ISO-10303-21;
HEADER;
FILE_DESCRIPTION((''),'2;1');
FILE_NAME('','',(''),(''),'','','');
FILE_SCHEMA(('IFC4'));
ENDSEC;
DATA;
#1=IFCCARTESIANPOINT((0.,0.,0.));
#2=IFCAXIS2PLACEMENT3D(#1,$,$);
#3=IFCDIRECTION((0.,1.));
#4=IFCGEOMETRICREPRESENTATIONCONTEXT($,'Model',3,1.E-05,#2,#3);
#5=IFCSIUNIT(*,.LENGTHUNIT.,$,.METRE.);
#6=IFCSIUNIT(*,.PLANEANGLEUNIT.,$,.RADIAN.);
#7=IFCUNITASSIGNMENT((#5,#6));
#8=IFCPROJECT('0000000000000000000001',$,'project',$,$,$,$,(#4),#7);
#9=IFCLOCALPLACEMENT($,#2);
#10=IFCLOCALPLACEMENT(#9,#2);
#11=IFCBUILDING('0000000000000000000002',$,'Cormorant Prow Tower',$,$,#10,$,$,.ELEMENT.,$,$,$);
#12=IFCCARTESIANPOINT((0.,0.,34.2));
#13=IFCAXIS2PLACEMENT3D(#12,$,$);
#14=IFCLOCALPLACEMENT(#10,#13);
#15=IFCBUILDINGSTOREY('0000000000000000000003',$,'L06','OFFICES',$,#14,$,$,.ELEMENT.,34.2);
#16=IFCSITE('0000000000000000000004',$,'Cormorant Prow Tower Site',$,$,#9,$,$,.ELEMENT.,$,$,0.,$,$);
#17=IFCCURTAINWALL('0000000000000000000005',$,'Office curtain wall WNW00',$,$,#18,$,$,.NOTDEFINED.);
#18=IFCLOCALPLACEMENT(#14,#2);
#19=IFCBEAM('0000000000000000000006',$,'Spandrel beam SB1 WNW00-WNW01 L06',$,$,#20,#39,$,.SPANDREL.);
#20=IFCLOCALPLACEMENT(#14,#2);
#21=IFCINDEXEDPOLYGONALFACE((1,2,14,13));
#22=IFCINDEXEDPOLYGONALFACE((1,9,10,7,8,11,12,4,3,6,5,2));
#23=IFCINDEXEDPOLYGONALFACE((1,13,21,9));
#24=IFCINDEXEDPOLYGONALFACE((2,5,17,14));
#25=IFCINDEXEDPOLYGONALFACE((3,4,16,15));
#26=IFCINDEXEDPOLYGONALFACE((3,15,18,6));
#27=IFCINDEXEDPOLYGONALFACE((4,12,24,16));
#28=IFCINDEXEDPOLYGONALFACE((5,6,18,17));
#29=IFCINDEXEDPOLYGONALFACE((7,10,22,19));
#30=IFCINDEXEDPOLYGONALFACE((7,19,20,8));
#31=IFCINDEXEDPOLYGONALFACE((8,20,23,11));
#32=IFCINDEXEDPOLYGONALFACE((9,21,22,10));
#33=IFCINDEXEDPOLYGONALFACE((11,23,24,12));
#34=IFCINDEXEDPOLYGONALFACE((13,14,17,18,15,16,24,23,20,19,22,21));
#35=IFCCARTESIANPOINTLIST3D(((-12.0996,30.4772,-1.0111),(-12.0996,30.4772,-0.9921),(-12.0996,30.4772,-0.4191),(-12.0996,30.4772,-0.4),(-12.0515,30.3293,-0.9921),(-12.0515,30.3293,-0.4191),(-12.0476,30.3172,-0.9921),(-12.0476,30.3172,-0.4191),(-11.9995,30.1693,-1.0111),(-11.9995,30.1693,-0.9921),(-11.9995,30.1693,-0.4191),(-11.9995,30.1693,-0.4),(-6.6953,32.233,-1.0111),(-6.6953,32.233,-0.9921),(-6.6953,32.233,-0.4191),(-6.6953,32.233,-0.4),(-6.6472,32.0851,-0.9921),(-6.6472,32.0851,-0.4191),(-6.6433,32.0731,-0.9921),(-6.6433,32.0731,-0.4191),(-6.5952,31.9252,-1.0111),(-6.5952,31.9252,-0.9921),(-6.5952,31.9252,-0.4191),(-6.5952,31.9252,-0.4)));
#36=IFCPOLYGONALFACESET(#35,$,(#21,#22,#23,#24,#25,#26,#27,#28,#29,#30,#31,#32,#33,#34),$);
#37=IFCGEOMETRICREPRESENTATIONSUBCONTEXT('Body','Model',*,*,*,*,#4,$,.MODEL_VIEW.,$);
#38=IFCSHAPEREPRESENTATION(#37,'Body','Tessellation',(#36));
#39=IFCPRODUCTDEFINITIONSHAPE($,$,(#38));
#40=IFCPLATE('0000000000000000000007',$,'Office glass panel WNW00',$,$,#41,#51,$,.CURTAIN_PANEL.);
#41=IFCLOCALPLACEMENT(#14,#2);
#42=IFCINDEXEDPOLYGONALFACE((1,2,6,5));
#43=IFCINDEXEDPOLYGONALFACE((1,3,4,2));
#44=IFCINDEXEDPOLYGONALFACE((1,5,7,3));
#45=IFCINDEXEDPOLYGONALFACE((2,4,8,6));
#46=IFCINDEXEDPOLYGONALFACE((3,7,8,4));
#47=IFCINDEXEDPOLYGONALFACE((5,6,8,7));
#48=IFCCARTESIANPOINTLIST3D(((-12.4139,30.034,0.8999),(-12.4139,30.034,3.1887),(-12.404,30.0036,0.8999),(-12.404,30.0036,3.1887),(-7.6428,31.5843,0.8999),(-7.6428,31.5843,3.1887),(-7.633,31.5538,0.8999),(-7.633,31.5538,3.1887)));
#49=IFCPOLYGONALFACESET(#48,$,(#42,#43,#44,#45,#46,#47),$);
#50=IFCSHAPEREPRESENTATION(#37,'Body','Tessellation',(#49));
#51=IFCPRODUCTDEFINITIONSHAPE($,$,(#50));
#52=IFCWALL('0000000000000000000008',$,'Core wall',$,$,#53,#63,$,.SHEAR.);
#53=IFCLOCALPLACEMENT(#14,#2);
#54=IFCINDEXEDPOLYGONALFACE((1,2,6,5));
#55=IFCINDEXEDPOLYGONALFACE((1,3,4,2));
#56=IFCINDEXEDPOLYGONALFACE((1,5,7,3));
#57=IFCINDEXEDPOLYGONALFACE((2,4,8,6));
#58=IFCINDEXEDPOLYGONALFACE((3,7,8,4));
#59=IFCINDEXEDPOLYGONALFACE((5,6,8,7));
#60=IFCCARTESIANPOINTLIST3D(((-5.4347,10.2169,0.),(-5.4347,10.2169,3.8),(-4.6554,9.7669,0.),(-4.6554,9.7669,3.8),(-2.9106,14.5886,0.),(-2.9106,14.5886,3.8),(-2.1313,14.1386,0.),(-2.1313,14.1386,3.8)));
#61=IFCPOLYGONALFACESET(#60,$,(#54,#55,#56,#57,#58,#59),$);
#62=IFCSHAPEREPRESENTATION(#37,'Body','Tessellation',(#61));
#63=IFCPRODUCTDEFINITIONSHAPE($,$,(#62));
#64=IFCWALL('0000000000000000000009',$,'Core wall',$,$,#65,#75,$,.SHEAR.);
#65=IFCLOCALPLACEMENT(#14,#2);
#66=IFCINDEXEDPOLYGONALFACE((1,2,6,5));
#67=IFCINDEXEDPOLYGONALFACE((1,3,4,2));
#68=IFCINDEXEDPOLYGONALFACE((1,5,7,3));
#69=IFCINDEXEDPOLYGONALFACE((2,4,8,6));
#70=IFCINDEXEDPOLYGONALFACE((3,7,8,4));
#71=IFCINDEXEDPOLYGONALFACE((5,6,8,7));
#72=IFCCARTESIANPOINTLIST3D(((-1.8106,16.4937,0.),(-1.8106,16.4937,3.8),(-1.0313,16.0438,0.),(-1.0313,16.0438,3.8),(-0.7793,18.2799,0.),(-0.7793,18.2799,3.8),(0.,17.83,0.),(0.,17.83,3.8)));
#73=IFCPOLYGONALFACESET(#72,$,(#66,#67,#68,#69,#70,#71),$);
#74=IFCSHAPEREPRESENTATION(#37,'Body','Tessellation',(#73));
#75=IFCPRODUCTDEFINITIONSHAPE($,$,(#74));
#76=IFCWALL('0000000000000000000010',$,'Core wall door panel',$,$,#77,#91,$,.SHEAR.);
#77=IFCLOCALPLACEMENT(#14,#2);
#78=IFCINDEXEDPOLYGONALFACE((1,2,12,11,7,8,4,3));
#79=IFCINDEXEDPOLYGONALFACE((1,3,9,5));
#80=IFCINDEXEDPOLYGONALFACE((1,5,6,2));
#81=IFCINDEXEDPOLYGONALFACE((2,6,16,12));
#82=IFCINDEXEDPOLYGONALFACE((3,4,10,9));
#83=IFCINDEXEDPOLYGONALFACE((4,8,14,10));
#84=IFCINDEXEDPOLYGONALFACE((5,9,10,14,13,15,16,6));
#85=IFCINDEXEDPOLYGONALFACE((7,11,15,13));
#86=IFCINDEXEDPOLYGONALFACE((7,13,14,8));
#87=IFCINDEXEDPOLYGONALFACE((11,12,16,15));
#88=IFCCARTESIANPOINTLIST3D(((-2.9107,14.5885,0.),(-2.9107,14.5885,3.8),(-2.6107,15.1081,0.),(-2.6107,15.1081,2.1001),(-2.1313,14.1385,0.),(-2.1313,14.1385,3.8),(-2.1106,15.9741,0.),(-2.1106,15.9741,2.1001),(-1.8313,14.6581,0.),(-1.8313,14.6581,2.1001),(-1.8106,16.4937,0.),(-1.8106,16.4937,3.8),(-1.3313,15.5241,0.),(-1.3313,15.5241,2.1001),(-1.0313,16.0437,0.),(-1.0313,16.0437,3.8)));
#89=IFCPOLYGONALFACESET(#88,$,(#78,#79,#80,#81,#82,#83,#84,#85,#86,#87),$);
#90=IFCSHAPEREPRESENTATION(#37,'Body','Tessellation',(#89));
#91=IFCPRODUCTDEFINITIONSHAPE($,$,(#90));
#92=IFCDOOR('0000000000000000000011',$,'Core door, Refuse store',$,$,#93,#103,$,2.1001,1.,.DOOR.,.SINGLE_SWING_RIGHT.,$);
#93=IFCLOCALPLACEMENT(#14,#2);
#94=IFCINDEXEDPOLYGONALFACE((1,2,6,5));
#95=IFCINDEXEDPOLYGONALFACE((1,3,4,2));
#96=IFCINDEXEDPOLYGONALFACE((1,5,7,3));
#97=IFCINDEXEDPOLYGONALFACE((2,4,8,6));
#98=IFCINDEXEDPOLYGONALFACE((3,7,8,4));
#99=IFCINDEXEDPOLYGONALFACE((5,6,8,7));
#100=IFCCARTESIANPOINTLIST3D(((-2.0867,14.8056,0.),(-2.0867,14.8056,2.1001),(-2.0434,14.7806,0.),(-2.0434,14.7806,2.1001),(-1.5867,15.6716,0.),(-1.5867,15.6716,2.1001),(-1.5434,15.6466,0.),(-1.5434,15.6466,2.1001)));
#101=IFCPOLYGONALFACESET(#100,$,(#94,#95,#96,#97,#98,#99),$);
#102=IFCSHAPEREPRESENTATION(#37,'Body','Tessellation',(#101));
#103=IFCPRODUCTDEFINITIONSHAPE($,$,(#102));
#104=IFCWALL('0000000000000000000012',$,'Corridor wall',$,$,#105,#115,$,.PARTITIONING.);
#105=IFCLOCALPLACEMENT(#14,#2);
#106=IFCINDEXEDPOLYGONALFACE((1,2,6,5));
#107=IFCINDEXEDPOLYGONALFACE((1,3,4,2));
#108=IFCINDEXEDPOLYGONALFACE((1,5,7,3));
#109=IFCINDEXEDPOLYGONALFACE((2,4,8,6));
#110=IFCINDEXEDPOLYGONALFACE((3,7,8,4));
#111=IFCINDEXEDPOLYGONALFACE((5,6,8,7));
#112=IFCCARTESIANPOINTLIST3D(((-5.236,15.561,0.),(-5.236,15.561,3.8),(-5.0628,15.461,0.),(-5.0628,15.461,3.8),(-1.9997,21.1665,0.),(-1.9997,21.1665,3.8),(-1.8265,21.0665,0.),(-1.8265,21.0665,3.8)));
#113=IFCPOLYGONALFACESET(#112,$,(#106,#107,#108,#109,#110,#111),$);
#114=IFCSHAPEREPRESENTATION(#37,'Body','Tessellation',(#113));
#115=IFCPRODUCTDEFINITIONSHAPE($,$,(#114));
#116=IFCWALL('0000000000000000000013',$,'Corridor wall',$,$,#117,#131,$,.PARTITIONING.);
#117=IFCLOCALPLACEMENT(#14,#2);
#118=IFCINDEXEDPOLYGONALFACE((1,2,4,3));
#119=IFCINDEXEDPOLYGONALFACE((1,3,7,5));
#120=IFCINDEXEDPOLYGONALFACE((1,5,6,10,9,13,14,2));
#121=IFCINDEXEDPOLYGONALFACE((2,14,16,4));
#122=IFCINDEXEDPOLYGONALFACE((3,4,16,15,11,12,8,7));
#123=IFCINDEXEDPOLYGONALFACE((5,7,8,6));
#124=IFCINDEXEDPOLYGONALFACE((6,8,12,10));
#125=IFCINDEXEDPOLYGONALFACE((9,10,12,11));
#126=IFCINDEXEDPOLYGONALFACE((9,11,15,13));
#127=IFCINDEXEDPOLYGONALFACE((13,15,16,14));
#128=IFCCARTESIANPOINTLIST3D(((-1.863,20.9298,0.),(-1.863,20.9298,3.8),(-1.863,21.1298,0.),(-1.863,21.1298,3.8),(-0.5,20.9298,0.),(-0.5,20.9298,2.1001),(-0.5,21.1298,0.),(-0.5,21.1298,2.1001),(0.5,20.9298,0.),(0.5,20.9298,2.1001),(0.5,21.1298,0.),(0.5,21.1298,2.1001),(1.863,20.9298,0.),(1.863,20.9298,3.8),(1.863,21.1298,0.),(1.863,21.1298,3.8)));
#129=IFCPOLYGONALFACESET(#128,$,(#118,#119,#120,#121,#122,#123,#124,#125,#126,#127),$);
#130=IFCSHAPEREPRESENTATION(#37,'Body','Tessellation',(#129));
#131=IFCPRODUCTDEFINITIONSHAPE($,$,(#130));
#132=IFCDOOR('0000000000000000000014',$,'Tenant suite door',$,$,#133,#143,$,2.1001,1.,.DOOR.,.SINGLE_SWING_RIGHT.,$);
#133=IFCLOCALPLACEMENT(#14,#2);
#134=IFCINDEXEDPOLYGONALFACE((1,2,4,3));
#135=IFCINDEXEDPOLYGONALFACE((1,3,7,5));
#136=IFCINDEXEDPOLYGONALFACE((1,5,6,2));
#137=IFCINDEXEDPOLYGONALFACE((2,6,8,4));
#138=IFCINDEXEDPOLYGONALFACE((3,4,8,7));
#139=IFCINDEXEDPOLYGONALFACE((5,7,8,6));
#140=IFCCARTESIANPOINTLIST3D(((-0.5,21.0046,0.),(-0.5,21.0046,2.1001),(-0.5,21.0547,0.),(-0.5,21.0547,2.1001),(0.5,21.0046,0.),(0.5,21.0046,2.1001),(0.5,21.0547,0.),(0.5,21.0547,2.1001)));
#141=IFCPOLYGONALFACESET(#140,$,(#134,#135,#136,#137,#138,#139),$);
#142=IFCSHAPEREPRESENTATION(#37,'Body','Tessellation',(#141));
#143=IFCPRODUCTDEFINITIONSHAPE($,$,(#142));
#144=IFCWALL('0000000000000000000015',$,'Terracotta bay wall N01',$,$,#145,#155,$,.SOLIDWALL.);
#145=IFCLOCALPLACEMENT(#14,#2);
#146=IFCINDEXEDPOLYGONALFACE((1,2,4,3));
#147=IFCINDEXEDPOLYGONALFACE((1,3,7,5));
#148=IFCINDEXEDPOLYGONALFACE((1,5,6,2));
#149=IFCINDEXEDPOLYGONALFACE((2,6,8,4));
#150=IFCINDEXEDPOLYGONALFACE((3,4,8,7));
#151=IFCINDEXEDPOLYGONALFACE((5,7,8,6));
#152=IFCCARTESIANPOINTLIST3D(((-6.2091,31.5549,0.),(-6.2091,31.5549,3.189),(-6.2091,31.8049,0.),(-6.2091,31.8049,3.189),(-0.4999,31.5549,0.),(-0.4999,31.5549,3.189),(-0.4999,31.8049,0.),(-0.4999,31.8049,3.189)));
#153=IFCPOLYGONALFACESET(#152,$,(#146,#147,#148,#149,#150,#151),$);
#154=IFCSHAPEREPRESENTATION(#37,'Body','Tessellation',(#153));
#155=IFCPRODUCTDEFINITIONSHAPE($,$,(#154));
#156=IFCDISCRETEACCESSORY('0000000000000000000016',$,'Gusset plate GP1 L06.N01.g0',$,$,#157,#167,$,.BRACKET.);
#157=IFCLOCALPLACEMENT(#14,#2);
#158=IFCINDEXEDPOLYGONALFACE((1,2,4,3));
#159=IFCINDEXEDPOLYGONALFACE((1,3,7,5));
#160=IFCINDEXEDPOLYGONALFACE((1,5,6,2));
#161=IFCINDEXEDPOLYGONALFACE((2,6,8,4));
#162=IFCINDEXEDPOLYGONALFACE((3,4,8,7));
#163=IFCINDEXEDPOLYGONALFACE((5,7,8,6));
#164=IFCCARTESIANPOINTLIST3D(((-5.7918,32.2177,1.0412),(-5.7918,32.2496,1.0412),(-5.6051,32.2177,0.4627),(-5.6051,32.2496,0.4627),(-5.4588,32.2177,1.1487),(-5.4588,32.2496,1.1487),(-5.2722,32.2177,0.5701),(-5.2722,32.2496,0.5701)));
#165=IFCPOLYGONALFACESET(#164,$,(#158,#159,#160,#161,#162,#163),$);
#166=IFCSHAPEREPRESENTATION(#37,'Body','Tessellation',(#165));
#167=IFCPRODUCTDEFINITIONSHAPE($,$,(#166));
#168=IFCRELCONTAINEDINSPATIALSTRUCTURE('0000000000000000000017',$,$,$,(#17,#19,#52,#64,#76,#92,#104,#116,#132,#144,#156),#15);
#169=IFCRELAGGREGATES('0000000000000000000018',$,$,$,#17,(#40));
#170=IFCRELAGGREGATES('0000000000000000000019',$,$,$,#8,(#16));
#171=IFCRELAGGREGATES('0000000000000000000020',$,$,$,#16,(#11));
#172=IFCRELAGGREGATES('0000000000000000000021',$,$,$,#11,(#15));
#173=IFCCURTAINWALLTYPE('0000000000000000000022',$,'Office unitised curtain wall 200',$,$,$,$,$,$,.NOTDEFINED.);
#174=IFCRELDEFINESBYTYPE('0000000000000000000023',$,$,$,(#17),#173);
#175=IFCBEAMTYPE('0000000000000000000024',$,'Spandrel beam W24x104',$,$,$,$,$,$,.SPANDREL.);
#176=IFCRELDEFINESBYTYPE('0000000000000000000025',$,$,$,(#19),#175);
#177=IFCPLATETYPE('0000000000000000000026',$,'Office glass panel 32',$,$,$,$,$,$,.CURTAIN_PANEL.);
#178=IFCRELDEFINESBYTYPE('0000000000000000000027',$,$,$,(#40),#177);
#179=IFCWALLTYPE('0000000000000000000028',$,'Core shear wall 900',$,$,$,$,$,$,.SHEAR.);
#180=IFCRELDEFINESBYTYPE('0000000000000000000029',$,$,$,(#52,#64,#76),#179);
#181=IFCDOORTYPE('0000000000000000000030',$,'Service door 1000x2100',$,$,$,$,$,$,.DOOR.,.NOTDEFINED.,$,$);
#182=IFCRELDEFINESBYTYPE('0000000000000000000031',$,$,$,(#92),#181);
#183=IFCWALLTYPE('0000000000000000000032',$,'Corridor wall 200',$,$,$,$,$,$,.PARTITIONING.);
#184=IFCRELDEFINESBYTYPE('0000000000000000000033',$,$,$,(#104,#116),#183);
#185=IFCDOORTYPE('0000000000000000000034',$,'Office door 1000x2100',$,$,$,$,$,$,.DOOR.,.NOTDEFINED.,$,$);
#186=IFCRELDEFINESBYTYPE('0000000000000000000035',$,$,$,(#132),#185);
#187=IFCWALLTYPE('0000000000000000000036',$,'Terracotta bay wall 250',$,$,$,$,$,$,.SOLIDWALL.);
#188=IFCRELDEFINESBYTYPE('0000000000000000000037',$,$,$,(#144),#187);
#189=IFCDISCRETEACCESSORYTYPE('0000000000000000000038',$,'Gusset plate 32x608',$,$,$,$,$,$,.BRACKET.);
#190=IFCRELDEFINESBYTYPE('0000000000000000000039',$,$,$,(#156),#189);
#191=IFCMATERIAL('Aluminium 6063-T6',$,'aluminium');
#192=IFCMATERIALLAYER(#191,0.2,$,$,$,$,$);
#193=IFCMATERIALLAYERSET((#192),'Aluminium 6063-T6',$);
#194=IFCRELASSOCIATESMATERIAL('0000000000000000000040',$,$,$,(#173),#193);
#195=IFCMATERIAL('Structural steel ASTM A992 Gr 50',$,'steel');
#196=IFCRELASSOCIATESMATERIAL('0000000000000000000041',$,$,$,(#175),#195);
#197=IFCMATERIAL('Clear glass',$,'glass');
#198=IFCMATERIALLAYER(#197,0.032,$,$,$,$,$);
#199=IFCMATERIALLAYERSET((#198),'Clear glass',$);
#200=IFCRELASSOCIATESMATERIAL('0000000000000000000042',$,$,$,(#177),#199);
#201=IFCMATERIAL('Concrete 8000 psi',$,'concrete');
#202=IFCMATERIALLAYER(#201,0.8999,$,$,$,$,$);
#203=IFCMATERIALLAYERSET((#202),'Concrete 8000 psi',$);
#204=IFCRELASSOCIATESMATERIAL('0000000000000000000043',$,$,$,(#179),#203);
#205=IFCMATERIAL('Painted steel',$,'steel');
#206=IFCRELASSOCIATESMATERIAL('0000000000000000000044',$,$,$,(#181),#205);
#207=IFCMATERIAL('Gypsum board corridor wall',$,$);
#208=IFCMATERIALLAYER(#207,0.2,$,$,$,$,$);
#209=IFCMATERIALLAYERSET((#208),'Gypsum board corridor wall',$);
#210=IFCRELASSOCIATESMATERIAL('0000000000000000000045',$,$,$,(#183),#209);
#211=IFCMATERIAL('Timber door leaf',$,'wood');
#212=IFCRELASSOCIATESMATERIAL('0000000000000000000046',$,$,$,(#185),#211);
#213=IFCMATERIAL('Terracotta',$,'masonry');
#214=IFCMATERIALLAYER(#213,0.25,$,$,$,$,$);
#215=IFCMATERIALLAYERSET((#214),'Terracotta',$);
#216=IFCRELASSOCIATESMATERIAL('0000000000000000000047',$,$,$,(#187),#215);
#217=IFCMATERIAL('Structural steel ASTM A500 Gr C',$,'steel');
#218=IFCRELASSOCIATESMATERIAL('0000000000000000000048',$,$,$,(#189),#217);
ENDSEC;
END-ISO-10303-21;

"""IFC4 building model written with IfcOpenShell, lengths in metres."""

from ifc_helpers import new_model, si_unit, direction, frame, frame_2d, origin, origin_2d, place, context, subcontext, project, spatial, rectangle, i_section, extrude, material, layer, layer_set, material_profile, profile_set, type_object, element, fill, aggregate, save


model = new_model("IFC4")

# Units and contexts
model_context = context("Model", 3, precision=1e-05, world=origin(), true_north=direction((0.0, 1.0)))
body_context = subcontext(model_context, "Body", "Model", "MODEL_VIEW")
ifc_project = project(units=[si_unit("LENGTHUNIT", "METRE"), si_unit("PLANEANGLEUNIT", "RADIAN")], contexts=[model_context])

# Site, building, storey
site_placement = place(None, origin())
site = spatial("IfcSite", under=ifc_project, at=site_placement, Name="Cormorant Prow Tower Site", CompositionType="ELEMENT", RefElevation=0.0)
building_placement = place(site_placement, origin())
building = spatial("IfcBuilding", under=site, at=building_placement, Name="Cormorant Prow Tower", CompositionType="ELEMENT")
storey_placement = place(building_placement, frame((0.0, 0.0, 34.2)))
storey = spatial("IfcBuildingStorey", under=building, at=storey_placement, Name="L06", Description="OFFICES", CompositionType="ELEMENT", Elevation=34.2)

# Curtain wall
ifc_material_1 = material(Name="Aluminium 6063-T6", Category="aluminium")
ifc_layer_1 = layer(ifc_material_1, 0.2)
ifc_layer_set_1 = layer_set([ifc_layer_1], Name="Aluminium 6063-T6")
curtain_wall_type = type_object("IfcCurtainWallType", Name="Office unitised curtain wall 200", PredefinedType="NOTDEFINED", material=ifc_layer_set_1)
curtain_wall_placement = place(storey_placement, origin())
curtain_wall = element("IfcCurtainWall", 1, at=curtain_wall_placement, inside=storey, type_object=curtain_wall_type, Name="Office curtain wall WNW00", PredefinedType="NOTDEFINED")

# Beam
ifc_material_2 = material(Name="Structural steel ASTM A992 Gr 50", Category="steel")
ifc_material_profile_1 = material_profile(ifc_material_2, i_section(OverallWidth=0.3237, OverallDepth=0.6111, WebThickness=0.0127, FlangeThickness=0.019, at=origin_2d()), Name="W24x104")
ifc_profile_set_1 = profile_set([ifc_material_profile_1], Name="Structural steel ASTM A992 Gr 50")
beam_type_1 = type_object("IfcBeamType", Name="Spandrel beam W24x104", PredefinedType="SPANDREL", material=ifc_profile_set_1)
beam_1_placement = place(storey_placement, frame((-6.6453, 32.0791, -0.7056), z_axis=(-0.951062, -0.309001, 0.0), x_axis=(0.309001, -0.951062, 0.0)))
element("IfcBeam", 2, at=beam_1_placement, inside=storey, type_object=beam_type_1, Name="Spandrel beam SB1 WNW00-WNW01 L06", PredefinedType="SPANDREL", context=body_context, shape_type="SweptSolid", body=[
    extrude(i_section(OverallWidth=0.3237, OverallDepth=0.6111, WebThickness=0.0127, FlangeThickness=0.019, at=origin_2d()), origin(), (0.0, 0.0, 1.0), 5.6824),
])

# Plate
ifc_material_3 = material(Name="Clear glass", Category="glass")
ifc_layer_2 = layer(ifc_material_3, 0.032)
ifc_layer_set_2 = layer_set([ifc_layer_2], Name="Clear glass")
plate_type = type_object("IfcPlateType", Name="Office glass panel 32", PredefinedType="CURTAIN_PANEL", material=ifc_layer_set_2)
plate_placement = place(storey_placement, frame((-10.0234, 30.7939, 0.8999), z_axis=(0.0, 0.0, 1.0), x_axis=(-0.951057, -0.309017, 0.0)))
plate = element("IfcPlate", 3, at=plate_placement, type_object=plate_type, Name="Office glass panel WNW00", PredefinedType="CURTAIN_PANEL", context=body_context, shape_type="SweptSolid", body=[
    extrude(rectangle(XDim=5.0166, YDim=0.032, at=origin_2d()), origin(), (0.0, 0.0, 1.0), 2.2888),
])
aggregate(curtain_wall, [plate])

# Walls
ifc_material_4 = material(Name="Concrete 8000 psi", Category="concrete")
ifc_layer_3 = layer(ifc_material_4, 0.8999)
ifc_layer_set_3 = layer_set([ifc_layer_3], Name="Concrete 8000 psi")
wall_type_1 = type_object("IfcWallType", Name="Core shear wall 900", PredefinedType="SHEAR", material=ifc_layer_set_3)
wall_1_placement = place(storey_placement, frame((-2.521, 14.3635, 0.0), z_axis=(0.0, 0.0, 1.0), x_axis=(-0.500014, -0.866017, 0.0)))
element("IfcWall", 4, at=wall_1_placement, inside=storey, type_object=wall_type_1, Name="Core wall", PredefinedType="SHEAR", context=body_context, shape_type="SweptSolid", body=[
    extrude(rectangle(XDim=5.0481, YDim=0.8999, at=frame_2d((2.5239, 0.0))), origin(), (0.0, 0.0, 1.0), 3.8),
])
wall_2_placement = place(storey_placement, frame((-0.3896, 18.0549, 0.0), z_axis=(0.0, 0.0, 1.0), x_axis=(-0.500009, -0.86602, 0.0)))
element("IfcWall", 5, at=wall_2_placement, inside=storey, type_object=wall_type_1, Name="Core wall", PredefinedType="SHEAR", context=body_context, shape_type="SweptSolid", body=[
    extrude(rectangle(XDim=2.0625, YDim=0.8999, at=frame_2d((1.0312, 0.0))), origin(), (0.0, 0.0, 1.0), 3.8),
])

# Wall, opening, door
wall_3_placement = place(storey_placement, frame((-1.4209, 16.2688, 0.0), z_axis=(0.0, 0.0, 1.0), x_axis=(-0.50003, -0.866008, 0.0)))
wall_3 = element("IfcWall", 6, at=wall_3_placement, inside=storey, type_object=wall_type_1, Name="Core wall door panel", PredefinedType="SHEAR", context=body_context, shape_type="SweptSolid", body=[
    extrude(rectangle(XDim=2.2, YDim=0.8999, at=frame_2d((1.1001, 0.0))), origin(), (0.0, 0.0, 1.0), 3.8),
])
opening_1_placement = place(wall_3_placement, frame((0.6001, 0.0, 0.0)))
opening_1 = element("IfcOpeningElement", 7, at=opening_1_placement, cuts=wall_3, PredefinedType="OPENING", context=body_context, shape_type="SweptSolid", body=[
    extrude(rectangle(XDim=1.0, YDim=2.1001, at=frame_2d((0.5, 1.05))), frame((0.0, 0.46, 0.0), z_axis=(0.0, -1.0, 0.0), x_axis=(1.0, 0.0, 0.0)), (0.0, 0.0, 1.0), 0.9199),
])
ifc_material_5 = material(Name="Painted steel", Category="steel")
door_type_1 = type_object("IfcDoorType", Name="Service door 1000x2100", OperationType="NOTDEFINED", PredefinedType="DOOR", material=ifc_material_5)
door_1_placement = place(opening_1_placement, origin())
door_1 = element("IfcDoor", 8, at=door_1_placement, inside=storey, type_object=door_type_1, Name="Core door, Refuse store", OperationType="SINGLE_SWING_RIGHT", OverallHeight=2.1001, OverallWidth=1.0, PredefinedType="DOOR", context=body_context, shape_type="SweptSolid", body=[
    extrude(rectangle(XDim=1.0, YDim=2.1001, at=frame_2d((0.5, 1.05))), frame((0.0, 0.2051, 0.0), z_axis=(0.0, -1.0, 0.0), x_axis=(1.0, 0.0, 0.0)), (0.0, 0.0, 1.0), 0.05),
])
fill(opening_1, door_1)

# Wall
ifc_material_6 = material(Name="Gypsum board corridor wall")
ifc_layer_4 = layer(ifc_material_6, 0.2)
ifc_layer_set_4 = layer_set([ifc_layer_4], Name="Gypsum board corridor wall")
wall_type_2 = type_object("IfcWallType", Name="Corridor wall 200", PredefinedType="PARTITIONING", material=ifc_layer_set_4)
wall_4_placement = place(storey_placement, frame((-5.1494, 15.511, 0.0), z_axis=(0.0, 0.0, 1.0), x_axis=(0.500001, 0.866025, 0.0)))
element("IfcWall", 9, at=wall_4_placement, inside=storey, type_object=wall_type_2, Name="Corridor wall", PredefinedType="PARTITIONING", context=body_context, shape_type="SweptSolid", body=[
    extrude(rectangle(XDim=6.4727, YDim=0.2, at=frame_2d((3.2363, 0.0))), origin(), (0.0, 0.0, 1.0), 3.8),
])

# Wall, opening, door
wall_5_placement = place(storey_placement, frame((-1.863, 21.0298, 0.0), z_axis=(0.0, 0.0, 1.0), x_axis=(1.0, 0.0, 0.0)))
wall_5 = element("IfcWall", 10, at=wall_5_placement, inside=storey, type_object=wall_type_2, Name="Corridor wall", PredefinedType="PARTITIONING", context=body_context, shape_type="SweptSolid", body=[
    extrude(rectangle(XDim=3.7261, YDim=0.2, at=frame_2d((1.863, 0.0))), origin(), (0.0, 0.0, 1.0), 3.8),
])
opening_2_placement = place(wall_5_placement, frame((1.363, 0.0, 0.0)))
opening_2 = element("IfcOpeningElement", 11, at=opening_2_placement, cuts=wall_5, PredefinedType="OPENING", context=body_context, shape_type="SweptSolid", body=[
    extrude(rectangle(XDim=1.0, YDim=2.1001, at=frame_2d((0.5, 1.05))), frame((0.0, 0.1099, 0.0), z_axis=(0.0, -1.0, 0.0), x_axis=(1.0, 0.0, 0.0)), (0.0, 0.0, 1.0), 0.22),
])
ifc_material_7 = material(Name="Timber door leaf", Category="wood")
door_type_2 = type_object("IfcDoorType", Name="Office door 1000x2100", OperationType="NOTDEFINED", PredefinedType="DOOR", material=ifc_material_7)
door_2_placement = place(opening_2_placement, origin())
door_2 = element("IfcDoor", 12, at=door_2_placement, inside=storey, type_object=door_type_2, Name="Tenant suite door", OperationType="SINGLE_SWING_RIGHT", OverallHeight=2.1001, OverallWidth=1.0, PredefinedType="DOOR", context=body_context, shape_type="SweptSolid", body=[
    extrude(rectangle(XDim=1.0, YDim=2.1001, at=frame_2d((0.5, 1.05))), frame((0.0, 0.0249, 0.0), z_axis=(0.0, -1.0, 0.0), x_axis=(1.0, 0.0, 0.0)), (0.0, 0.0, 1.0), 0.05),
])
fill(opening_2, door_2)

# Wall
ifc_material_8 = material(Name="Terracotta", Category="masonry")
ifc_layer_5 = layer(ifc_material_8, 0.25)
ifc_layer_set_5 = layer_set([ifc_layer_5], Name="Terracotta")
wall_type_3 = type_object("IfcWallType", Name="Terracotta bay wall 250", PredefinedType="SOLIDWALL", material=ifc_layer_set_5)
wall_6_placement = place(storey_placement, frame((-0.5, 31.6799, 0.0), z_axis=(0.0, 0.0, 1.0), x_axis=(-1.0, 0.0, 0.0)))
element("IfcWall", 13, at=wall_6_placement, inside=storey, type_object=wall_type_3, Name="Terracotta bay wall N01", PredefinedType="SOLIDWALL", context=body_context, shape_type="SweptSolid", body=[
    extrude(rectangle(XDim=5.7092, YDim=0.25, at=frame_2d((2.8545, 0.0))), origin(), (0.0, 0.0, 1.0), 3.189),
])

# Discrete accessory
ifc_material_9 = material(Name="Structural steel ASTM A500 Gr C", Category="steel")
ifc_material_profile_2 = material_profile(ifc_material_9, rectangle(XDim=0.032, YDim=0.6079, at=origin_2d()), Name="Gusset plate 32x608")
ifc_profile_set_2 = profile_set([ifc_material_profile_2], Name="Structural steel ASTM A500 Gr C")
discrete_accessory_type = type_object("IfcDiscreteAccessoryType", Name="Gusset plate 32x608", PredefinedType="BRACKET", material=ifc_profile_set_2)
for number, where, z_axis, x_axis, name in (
    (14, (-5.3655, 32.2336, 0.8594), (-0.951709, 0.0, -0.307003), (0.0, -1.0, 0.0), "Gusset plate GP1 L06.N01.g0"),
):
    element("IfcDiscreteAccessory", number, at=place(storey_placement, frame(where, z_axis=z_axis, x_axis=x_axis)), inside=storey, type_object=discrete_accessory_type, Name=name, PredefinedType="BRACKET", context=body_context, shape_type="SweptSolid", body=[
        extrude(rectangle(XDim=0.032, YDim=0.6079, at=origin_2d()), origin(), (0.0, 0.0, 1.0), 0.3499),
    ])

save(model, "model.ifc")
